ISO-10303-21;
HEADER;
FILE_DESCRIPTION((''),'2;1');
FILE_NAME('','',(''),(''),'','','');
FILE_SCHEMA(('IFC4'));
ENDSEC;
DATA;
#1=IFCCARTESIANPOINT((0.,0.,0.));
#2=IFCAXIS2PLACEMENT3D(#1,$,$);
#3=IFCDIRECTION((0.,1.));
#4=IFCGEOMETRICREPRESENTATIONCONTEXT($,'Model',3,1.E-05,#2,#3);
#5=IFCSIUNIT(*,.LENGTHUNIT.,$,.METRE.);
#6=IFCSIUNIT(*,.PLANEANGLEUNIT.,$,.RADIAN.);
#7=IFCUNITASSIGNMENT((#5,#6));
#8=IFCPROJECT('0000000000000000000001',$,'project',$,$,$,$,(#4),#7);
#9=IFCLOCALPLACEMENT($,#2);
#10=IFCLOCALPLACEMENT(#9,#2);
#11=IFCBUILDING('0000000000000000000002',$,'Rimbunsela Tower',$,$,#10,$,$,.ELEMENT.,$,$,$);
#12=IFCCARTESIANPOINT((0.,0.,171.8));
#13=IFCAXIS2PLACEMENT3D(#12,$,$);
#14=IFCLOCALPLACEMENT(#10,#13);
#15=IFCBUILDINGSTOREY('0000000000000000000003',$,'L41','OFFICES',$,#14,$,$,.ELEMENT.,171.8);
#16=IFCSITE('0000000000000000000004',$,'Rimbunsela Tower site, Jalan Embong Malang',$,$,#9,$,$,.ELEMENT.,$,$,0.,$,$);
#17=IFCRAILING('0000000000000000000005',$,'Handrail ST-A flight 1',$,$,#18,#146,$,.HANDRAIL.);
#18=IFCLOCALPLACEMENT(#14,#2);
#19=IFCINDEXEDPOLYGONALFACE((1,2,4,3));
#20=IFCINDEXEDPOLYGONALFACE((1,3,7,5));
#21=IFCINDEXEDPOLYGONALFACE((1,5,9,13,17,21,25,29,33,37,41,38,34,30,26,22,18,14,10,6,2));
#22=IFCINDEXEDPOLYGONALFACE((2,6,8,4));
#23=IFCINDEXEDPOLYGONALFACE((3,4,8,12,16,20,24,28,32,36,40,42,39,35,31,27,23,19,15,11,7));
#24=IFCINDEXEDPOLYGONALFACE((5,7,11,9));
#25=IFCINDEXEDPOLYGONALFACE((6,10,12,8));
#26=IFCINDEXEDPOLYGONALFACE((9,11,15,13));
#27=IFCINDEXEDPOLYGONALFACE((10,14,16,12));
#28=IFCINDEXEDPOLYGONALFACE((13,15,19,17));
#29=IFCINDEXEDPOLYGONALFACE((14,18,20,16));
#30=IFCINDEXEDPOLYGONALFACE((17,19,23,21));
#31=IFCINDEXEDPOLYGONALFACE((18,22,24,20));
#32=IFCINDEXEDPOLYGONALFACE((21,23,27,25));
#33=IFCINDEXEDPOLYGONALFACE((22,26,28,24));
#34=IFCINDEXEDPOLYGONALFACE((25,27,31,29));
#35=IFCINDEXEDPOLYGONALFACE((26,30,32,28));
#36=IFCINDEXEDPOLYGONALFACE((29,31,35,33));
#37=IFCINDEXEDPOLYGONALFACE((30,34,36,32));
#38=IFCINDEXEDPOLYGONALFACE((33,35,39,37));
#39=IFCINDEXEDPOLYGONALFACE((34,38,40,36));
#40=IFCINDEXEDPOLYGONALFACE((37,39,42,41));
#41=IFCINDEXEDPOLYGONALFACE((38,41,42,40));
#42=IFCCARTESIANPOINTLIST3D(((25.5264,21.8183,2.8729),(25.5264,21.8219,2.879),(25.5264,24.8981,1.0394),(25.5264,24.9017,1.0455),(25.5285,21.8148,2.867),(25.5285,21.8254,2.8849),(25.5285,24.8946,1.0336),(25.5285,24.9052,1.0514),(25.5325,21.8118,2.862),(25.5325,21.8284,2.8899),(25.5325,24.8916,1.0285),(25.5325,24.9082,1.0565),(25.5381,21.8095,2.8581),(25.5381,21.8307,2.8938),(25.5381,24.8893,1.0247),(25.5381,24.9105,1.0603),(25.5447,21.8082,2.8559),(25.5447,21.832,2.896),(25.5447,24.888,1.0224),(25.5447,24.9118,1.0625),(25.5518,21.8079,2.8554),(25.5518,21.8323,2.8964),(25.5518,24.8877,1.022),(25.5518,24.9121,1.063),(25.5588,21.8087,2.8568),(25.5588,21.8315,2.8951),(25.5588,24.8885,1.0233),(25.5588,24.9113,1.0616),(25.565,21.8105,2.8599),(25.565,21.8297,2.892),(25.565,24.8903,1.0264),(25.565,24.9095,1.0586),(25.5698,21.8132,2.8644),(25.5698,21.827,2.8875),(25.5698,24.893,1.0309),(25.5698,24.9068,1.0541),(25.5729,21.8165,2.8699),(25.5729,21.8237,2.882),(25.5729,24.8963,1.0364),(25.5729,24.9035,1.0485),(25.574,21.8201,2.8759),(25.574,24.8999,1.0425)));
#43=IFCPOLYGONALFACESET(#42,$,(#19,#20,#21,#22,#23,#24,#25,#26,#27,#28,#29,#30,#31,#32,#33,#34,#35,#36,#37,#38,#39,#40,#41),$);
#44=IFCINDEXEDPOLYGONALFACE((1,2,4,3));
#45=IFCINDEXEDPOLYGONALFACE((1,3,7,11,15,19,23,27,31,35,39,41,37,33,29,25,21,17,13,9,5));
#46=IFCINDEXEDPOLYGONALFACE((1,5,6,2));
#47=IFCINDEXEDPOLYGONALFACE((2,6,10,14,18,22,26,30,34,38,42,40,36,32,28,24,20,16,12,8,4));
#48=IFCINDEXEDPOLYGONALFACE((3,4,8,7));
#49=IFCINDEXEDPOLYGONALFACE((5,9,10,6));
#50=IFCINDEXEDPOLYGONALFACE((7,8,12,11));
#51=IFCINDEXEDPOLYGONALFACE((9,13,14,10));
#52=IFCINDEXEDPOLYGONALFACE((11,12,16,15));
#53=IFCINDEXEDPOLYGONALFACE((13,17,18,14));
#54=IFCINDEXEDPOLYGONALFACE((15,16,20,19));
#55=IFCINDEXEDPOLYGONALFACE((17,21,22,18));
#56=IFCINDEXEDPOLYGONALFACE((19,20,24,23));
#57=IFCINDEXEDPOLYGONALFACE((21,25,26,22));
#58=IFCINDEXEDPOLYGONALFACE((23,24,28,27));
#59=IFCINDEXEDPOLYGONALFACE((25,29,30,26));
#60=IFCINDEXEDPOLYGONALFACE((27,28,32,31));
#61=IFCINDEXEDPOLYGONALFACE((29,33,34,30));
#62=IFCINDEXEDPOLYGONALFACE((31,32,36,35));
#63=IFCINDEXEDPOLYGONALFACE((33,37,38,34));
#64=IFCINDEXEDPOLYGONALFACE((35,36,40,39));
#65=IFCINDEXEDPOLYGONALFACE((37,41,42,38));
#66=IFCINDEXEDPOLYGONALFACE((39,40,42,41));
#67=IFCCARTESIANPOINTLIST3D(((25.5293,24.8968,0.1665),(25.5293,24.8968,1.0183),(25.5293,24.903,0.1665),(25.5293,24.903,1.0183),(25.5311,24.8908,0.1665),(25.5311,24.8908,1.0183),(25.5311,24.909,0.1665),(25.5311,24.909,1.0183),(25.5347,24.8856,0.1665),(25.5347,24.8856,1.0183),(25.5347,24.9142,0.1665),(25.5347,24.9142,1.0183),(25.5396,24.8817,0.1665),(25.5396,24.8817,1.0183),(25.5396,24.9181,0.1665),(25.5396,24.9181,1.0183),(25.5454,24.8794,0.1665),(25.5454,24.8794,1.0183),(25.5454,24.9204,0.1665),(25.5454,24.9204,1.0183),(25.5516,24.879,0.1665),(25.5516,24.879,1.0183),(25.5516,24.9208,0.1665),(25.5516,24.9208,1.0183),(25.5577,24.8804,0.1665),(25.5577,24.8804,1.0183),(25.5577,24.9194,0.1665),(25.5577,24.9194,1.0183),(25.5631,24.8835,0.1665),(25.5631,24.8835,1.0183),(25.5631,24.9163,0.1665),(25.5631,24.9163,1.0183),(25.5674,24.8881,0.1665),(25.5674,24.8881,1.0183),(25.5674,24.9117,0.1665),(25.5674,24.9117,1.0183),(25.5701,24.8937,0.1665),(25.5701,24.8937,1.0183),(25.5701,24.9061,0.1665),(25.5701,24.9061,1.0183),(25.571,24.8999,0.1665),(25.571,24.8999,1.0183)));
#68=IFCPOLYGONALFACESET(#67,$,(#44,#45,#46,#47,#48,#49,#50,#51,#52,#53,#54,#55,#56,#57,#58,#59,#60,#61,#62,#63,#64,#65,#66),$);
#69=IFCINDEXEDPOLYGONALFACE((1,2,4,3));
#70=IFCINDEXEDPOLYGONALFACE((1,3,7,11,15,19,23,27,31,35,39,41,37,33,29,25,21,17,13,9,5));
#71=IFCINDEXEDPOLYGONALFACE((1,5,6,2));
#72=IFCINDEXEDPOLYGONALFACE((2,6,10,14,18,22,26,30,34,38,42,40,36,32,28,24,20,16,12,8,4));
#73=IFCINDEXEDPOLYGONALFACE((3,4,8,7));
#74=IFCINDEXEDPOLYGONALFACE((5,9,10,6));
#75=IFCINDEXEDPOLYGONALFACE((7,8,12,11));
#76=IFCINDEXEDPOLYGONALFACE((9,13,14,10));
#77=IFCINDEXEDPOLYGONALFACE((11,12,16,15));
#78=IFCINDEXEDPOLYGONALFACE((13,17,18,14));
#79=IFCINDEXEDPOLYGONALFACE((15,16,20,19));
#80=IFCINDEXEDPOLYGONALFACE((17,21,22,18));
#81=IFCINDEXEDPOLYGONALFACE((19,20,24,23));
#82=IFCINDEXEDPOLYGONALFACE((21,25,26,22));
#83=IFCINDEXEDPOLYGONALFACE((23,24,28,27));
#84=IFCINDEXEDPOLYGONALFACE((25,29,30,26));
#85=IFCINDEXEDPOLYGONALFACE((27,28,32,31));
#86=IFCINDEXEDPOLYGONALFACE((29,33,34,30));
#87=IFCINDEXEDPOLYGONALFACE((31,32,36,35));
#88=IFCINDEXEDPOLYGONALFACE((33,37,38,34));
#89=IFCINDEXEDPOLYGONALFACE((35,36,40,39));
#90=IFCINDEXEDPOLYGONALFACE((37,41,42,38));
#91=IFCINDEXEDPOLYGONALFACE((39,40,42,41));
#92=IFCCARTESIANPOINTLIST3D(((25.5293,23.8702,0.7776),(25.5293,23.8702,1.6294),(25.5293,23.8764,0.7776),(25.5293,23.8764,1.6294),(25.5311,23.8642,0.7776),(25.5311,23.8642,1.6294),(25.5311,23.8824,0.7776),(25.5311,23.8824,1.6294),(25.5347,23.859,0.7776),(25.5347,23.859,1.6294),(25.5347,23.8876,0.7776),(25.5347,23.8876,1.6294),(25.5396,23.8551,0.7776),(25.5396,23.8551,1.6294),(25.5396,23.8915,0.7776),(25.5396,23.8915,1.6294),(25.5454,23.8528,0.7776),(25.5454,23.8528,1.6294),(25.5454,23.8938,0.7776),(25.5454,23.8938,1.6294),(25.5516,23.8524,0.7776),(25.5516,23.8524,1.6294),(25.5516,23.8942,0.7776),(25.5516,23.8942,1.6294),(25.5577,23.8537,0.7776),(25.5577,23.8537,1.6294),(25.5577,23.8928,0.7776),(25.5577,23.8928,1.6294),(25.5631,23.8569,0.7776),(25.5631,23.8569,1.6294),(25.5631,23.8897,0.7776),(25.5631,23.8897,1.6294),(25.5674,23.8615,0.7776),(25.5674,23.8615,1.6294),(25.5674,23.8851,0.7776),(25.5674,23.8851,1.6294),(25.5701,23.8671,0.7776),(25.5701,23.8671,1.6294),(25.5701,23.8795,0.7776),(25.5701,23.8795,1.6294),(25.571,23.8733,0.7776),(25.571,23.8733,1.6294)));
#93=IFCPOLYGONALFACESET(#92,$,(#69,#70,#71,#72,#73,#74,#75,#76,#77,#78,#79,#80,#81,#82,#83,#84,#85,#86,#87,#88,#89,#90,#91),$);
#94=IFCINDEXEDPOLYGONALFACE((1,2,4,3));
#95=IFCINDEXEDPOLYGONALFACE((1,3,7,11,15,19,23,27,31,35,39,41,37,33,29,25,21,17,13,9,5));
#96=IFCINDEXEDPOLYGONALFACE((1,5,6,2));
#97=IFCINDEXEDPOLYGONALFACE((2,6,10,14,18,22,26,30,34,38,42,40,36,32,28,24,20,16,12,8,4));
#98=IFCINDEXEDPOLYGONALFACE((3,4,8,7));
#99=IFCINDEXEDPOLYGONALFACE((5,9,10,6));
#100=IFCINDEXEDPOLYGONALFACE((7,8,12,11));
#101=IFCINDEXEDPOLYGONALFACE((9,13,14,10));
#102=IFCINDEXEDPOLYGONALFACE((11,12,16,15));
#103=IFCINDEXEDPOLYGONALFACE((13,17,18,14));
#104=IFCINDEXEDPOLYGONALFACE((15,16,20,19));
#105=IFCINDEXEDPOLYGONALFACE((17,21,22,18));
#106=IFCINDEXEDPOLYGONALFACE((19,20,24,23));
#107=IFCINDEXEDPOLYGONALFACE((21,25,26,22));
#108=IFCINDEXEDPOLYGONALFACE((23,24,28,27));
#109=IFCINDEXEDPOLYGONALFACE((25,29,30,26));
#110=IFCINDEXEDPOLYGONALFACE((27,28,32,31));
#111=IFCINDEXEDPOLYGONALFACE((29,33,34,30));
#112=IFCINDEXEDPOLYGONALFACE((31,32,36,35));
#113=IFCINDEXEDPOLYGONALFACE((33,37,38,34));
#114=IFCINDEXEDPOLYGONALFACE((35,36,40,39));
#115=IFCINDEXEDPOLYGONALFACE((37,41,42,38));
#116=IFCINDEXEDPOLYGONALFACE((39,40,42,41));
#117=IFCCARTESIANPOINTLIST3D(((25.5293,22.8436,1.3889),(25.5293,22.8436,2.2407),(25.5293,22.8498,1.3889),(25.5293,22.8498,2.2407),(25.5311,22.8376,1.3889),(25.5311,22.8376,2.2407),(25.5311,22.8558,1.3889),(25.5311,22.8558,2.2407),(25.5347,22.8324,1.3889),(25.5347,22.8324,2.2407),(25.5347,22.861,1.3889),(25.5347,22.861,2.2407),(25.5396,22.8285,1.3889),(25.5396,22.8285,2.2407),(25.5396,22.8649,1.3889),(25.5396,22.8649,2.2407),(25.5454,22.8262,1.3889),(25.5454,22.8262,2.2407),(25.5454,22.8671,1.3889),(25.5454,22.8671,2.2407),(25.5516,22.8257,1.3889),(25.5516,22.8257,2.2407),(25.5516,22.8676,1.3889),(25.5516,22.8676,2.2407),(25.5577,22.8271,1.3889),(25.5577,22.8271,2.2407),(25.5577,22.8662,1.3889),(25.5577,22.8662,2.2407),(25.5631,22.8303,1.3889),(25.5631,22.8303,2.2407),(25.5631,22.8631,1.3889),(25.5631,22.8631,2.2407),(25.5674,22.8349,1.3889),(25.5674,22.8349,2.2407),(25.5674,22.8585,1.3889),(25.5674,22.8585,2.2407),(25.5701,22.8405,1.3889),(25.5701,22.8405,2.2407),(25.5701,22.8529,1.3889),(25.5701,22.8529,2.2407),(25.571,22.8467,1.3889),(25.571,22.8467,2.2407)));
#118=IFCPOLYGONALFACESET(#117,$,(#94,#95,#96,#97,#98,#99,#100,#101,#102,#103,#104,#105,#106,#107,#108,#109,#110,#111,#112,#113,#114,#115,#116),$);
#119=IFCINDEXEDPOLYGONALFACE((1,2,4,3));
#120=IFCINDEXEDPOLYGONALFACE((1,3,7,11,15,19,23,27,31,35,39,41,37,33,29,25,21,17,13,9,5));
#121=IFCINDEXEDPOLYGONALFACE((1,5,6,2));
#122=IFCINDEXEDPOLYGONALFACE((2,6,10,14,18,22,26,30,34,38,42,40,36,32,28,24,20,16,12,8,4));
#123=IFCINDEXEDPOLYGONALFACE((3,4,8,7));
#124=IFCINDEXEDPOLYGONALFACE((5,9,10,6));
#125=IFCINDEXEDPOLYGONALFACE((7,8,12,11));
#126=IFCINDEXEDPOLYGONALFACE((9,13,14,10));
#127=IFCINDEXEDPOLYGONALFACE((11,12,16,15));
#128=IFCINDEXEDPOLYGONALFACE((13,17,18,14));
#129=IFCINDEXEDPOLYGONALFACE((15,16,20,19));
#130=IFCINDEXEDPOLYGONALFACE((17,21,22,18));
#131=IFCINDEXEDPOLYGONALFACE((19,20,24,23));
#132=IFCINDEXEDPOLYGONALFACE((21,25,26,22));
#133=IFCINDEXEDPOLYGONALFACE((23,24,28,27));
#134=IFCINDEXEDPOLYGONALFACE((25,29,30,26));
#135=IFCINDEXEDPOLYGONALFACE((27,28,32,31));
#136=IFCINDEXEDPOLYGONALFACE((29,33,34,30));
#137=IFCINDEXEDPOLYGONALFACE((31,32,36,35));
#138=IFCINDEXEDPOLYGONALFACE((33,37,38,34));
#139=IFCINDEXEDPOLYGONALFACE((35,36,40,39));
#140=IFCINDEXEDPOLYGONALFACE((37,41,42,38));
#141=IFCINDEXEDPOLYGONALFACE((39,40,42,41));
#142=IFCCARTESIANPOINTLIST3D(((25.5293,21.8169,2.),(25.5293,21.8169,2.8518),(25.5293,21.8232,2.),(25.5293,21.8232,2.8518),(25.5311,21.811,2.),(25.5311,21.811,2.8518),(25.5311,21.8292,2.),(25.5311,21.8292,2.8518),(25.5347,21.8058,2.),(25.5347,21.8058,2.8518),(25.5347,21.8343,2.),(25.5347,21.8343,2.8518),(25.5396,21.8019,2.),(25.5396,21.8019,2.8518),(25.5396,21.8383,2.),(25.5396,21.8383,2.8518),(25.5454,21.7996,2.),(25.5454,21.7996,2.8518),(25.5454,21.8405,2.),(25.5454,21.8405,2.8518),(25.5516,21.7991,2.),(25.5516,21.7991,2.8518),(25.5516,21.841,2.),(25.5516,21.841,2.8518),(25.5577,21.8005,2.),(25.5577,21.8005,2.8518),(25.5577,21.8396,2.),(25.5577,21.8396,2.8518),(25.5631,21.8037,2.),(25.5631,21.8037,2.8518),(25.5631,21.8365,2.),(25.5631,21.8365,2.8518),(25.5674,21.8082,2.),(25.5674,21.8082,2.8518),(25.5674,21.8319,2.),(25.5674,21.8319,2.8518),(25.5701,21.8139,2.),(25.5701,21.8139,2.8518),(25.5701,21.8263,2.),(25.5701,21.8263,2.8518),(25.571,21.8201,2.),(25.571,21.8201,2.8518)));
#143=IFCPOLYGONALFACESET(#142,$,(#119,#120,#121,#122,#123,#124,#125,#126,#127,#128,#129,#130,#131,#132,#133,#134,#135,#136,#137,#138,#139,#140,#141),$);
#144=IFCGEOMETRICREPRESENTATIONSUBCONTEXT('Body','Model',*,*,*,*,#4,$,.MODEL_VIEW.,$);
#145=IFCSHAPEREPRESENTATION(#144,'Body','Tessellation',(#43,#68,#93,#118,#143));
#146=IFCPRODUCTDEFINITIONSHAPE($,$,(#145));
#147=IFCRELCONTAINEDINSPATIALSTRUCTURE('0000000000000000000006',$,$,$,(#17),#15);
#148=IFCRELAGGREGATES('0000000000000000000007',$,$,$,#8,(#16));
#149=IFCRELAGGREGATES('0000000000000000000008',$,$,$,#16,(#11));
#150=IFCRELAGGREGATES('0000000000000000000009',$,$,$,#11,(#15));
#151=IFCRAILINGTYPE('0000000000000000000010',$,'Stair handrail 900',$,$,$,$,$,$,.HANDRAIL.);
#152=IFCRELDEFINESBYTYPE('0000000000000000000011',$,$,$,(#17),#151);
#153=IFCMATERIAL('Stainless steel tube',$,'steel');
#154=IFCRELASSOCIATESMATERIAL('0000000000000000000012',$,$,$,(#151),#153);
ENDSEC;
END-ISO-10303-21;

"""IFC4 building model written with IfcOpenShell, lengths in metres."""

from ifc_helpers import new_model, si_unit, direction, frame, origin, origin_2d, place, context, subcontext, project, spatial, circle, extrude, material, type_object, element, save


model = new_model("IFC4")

# Units and contexts
model_context = context("Model", 3, precision=1e-05, world=origin(), true_north=direction((0.0, 1.0)))
body_context = subcontext(model_context, "Body", "Model", "MODEL_VIEW")
ifc_project = project(units=[si_unit("LENGTHUNIT", "METRE"), si_unit("PLANEANGLEUNIT", "RADIAN")], contexts=[model_context])

# Site, building, storey
site_placement = place(None, origin())
site = spatial("IfcSite", under=ifc_project, at=site_placement, Name="Rimbunsela Tower site, Jalan Embong Malang", CompositionType="ELEMENT", RefElevation=0.0)
building_placement = place(site_placement, origin())
building = spatial("IfcBuilding", under=site, at=building_placement, Name="Rimbunsela Tower", CompositionType="ELEMENT")
storey_placement = place(building_placement, frame((0.0, 0.0, 171.8)))
storey = spatial("IfcBuildingStorey", under=building, at=storey_placement, Name="L41", Description="OFFICES", CompositionType="ELEMENT", Elevation=171.8)

# Railing
ifc_material_1 = material(Name="Stainless steel tube", Category="steel")
railing_type = type_object("IfcRailingType", Name="Stair handrail 900", PredefinedType="HANDRAIL", material=ifc_material_1)
railing_placement = place(storey_placement, frame((25.55, 24.8999, 0.1665)))
element("IfcRailing", 1, at=railing_placement, inside=storey, type_object=railing_type, Name="Handrail ST-A flight 1", PredefinedType="HANDRAIL", context=body_context, shape_type="SweptSolid", body=[
    extrude(circle(Radius=0.0239, at=origin_2d()), frame((0.0, 0.0, 0.876), z_axis=(0.0, -0.859261, 0.511538), x_axis=(1.0, 0.0, 0.0)), (0.0, 0.0, 1.0), 3.5842),
    extrude(circle(Radius=0.021, at=origin_2d()), origin(), (0.0, 0.0, 1.0), 0.8518),
    extrude(circle(Radius=0.021, at=origin_2d()), frame((0.0, -1.0266, 0.6111)), (0.0, 0.0, 1.0), 0.8518),
    extrude(circle(Radius=0.021, at=origin_2d()), frame((0.0, -2.0532, 1.2224)), (0.0, 0.0, 1.0), 0.8518),
    extrude(circle(Radius=0.021, at=origin_2d()), frame((0.0, -3.0798, 1.8335)), (0.0, 0.0, 1.0), 0.8518),
])

save(model, "model.ifc")
